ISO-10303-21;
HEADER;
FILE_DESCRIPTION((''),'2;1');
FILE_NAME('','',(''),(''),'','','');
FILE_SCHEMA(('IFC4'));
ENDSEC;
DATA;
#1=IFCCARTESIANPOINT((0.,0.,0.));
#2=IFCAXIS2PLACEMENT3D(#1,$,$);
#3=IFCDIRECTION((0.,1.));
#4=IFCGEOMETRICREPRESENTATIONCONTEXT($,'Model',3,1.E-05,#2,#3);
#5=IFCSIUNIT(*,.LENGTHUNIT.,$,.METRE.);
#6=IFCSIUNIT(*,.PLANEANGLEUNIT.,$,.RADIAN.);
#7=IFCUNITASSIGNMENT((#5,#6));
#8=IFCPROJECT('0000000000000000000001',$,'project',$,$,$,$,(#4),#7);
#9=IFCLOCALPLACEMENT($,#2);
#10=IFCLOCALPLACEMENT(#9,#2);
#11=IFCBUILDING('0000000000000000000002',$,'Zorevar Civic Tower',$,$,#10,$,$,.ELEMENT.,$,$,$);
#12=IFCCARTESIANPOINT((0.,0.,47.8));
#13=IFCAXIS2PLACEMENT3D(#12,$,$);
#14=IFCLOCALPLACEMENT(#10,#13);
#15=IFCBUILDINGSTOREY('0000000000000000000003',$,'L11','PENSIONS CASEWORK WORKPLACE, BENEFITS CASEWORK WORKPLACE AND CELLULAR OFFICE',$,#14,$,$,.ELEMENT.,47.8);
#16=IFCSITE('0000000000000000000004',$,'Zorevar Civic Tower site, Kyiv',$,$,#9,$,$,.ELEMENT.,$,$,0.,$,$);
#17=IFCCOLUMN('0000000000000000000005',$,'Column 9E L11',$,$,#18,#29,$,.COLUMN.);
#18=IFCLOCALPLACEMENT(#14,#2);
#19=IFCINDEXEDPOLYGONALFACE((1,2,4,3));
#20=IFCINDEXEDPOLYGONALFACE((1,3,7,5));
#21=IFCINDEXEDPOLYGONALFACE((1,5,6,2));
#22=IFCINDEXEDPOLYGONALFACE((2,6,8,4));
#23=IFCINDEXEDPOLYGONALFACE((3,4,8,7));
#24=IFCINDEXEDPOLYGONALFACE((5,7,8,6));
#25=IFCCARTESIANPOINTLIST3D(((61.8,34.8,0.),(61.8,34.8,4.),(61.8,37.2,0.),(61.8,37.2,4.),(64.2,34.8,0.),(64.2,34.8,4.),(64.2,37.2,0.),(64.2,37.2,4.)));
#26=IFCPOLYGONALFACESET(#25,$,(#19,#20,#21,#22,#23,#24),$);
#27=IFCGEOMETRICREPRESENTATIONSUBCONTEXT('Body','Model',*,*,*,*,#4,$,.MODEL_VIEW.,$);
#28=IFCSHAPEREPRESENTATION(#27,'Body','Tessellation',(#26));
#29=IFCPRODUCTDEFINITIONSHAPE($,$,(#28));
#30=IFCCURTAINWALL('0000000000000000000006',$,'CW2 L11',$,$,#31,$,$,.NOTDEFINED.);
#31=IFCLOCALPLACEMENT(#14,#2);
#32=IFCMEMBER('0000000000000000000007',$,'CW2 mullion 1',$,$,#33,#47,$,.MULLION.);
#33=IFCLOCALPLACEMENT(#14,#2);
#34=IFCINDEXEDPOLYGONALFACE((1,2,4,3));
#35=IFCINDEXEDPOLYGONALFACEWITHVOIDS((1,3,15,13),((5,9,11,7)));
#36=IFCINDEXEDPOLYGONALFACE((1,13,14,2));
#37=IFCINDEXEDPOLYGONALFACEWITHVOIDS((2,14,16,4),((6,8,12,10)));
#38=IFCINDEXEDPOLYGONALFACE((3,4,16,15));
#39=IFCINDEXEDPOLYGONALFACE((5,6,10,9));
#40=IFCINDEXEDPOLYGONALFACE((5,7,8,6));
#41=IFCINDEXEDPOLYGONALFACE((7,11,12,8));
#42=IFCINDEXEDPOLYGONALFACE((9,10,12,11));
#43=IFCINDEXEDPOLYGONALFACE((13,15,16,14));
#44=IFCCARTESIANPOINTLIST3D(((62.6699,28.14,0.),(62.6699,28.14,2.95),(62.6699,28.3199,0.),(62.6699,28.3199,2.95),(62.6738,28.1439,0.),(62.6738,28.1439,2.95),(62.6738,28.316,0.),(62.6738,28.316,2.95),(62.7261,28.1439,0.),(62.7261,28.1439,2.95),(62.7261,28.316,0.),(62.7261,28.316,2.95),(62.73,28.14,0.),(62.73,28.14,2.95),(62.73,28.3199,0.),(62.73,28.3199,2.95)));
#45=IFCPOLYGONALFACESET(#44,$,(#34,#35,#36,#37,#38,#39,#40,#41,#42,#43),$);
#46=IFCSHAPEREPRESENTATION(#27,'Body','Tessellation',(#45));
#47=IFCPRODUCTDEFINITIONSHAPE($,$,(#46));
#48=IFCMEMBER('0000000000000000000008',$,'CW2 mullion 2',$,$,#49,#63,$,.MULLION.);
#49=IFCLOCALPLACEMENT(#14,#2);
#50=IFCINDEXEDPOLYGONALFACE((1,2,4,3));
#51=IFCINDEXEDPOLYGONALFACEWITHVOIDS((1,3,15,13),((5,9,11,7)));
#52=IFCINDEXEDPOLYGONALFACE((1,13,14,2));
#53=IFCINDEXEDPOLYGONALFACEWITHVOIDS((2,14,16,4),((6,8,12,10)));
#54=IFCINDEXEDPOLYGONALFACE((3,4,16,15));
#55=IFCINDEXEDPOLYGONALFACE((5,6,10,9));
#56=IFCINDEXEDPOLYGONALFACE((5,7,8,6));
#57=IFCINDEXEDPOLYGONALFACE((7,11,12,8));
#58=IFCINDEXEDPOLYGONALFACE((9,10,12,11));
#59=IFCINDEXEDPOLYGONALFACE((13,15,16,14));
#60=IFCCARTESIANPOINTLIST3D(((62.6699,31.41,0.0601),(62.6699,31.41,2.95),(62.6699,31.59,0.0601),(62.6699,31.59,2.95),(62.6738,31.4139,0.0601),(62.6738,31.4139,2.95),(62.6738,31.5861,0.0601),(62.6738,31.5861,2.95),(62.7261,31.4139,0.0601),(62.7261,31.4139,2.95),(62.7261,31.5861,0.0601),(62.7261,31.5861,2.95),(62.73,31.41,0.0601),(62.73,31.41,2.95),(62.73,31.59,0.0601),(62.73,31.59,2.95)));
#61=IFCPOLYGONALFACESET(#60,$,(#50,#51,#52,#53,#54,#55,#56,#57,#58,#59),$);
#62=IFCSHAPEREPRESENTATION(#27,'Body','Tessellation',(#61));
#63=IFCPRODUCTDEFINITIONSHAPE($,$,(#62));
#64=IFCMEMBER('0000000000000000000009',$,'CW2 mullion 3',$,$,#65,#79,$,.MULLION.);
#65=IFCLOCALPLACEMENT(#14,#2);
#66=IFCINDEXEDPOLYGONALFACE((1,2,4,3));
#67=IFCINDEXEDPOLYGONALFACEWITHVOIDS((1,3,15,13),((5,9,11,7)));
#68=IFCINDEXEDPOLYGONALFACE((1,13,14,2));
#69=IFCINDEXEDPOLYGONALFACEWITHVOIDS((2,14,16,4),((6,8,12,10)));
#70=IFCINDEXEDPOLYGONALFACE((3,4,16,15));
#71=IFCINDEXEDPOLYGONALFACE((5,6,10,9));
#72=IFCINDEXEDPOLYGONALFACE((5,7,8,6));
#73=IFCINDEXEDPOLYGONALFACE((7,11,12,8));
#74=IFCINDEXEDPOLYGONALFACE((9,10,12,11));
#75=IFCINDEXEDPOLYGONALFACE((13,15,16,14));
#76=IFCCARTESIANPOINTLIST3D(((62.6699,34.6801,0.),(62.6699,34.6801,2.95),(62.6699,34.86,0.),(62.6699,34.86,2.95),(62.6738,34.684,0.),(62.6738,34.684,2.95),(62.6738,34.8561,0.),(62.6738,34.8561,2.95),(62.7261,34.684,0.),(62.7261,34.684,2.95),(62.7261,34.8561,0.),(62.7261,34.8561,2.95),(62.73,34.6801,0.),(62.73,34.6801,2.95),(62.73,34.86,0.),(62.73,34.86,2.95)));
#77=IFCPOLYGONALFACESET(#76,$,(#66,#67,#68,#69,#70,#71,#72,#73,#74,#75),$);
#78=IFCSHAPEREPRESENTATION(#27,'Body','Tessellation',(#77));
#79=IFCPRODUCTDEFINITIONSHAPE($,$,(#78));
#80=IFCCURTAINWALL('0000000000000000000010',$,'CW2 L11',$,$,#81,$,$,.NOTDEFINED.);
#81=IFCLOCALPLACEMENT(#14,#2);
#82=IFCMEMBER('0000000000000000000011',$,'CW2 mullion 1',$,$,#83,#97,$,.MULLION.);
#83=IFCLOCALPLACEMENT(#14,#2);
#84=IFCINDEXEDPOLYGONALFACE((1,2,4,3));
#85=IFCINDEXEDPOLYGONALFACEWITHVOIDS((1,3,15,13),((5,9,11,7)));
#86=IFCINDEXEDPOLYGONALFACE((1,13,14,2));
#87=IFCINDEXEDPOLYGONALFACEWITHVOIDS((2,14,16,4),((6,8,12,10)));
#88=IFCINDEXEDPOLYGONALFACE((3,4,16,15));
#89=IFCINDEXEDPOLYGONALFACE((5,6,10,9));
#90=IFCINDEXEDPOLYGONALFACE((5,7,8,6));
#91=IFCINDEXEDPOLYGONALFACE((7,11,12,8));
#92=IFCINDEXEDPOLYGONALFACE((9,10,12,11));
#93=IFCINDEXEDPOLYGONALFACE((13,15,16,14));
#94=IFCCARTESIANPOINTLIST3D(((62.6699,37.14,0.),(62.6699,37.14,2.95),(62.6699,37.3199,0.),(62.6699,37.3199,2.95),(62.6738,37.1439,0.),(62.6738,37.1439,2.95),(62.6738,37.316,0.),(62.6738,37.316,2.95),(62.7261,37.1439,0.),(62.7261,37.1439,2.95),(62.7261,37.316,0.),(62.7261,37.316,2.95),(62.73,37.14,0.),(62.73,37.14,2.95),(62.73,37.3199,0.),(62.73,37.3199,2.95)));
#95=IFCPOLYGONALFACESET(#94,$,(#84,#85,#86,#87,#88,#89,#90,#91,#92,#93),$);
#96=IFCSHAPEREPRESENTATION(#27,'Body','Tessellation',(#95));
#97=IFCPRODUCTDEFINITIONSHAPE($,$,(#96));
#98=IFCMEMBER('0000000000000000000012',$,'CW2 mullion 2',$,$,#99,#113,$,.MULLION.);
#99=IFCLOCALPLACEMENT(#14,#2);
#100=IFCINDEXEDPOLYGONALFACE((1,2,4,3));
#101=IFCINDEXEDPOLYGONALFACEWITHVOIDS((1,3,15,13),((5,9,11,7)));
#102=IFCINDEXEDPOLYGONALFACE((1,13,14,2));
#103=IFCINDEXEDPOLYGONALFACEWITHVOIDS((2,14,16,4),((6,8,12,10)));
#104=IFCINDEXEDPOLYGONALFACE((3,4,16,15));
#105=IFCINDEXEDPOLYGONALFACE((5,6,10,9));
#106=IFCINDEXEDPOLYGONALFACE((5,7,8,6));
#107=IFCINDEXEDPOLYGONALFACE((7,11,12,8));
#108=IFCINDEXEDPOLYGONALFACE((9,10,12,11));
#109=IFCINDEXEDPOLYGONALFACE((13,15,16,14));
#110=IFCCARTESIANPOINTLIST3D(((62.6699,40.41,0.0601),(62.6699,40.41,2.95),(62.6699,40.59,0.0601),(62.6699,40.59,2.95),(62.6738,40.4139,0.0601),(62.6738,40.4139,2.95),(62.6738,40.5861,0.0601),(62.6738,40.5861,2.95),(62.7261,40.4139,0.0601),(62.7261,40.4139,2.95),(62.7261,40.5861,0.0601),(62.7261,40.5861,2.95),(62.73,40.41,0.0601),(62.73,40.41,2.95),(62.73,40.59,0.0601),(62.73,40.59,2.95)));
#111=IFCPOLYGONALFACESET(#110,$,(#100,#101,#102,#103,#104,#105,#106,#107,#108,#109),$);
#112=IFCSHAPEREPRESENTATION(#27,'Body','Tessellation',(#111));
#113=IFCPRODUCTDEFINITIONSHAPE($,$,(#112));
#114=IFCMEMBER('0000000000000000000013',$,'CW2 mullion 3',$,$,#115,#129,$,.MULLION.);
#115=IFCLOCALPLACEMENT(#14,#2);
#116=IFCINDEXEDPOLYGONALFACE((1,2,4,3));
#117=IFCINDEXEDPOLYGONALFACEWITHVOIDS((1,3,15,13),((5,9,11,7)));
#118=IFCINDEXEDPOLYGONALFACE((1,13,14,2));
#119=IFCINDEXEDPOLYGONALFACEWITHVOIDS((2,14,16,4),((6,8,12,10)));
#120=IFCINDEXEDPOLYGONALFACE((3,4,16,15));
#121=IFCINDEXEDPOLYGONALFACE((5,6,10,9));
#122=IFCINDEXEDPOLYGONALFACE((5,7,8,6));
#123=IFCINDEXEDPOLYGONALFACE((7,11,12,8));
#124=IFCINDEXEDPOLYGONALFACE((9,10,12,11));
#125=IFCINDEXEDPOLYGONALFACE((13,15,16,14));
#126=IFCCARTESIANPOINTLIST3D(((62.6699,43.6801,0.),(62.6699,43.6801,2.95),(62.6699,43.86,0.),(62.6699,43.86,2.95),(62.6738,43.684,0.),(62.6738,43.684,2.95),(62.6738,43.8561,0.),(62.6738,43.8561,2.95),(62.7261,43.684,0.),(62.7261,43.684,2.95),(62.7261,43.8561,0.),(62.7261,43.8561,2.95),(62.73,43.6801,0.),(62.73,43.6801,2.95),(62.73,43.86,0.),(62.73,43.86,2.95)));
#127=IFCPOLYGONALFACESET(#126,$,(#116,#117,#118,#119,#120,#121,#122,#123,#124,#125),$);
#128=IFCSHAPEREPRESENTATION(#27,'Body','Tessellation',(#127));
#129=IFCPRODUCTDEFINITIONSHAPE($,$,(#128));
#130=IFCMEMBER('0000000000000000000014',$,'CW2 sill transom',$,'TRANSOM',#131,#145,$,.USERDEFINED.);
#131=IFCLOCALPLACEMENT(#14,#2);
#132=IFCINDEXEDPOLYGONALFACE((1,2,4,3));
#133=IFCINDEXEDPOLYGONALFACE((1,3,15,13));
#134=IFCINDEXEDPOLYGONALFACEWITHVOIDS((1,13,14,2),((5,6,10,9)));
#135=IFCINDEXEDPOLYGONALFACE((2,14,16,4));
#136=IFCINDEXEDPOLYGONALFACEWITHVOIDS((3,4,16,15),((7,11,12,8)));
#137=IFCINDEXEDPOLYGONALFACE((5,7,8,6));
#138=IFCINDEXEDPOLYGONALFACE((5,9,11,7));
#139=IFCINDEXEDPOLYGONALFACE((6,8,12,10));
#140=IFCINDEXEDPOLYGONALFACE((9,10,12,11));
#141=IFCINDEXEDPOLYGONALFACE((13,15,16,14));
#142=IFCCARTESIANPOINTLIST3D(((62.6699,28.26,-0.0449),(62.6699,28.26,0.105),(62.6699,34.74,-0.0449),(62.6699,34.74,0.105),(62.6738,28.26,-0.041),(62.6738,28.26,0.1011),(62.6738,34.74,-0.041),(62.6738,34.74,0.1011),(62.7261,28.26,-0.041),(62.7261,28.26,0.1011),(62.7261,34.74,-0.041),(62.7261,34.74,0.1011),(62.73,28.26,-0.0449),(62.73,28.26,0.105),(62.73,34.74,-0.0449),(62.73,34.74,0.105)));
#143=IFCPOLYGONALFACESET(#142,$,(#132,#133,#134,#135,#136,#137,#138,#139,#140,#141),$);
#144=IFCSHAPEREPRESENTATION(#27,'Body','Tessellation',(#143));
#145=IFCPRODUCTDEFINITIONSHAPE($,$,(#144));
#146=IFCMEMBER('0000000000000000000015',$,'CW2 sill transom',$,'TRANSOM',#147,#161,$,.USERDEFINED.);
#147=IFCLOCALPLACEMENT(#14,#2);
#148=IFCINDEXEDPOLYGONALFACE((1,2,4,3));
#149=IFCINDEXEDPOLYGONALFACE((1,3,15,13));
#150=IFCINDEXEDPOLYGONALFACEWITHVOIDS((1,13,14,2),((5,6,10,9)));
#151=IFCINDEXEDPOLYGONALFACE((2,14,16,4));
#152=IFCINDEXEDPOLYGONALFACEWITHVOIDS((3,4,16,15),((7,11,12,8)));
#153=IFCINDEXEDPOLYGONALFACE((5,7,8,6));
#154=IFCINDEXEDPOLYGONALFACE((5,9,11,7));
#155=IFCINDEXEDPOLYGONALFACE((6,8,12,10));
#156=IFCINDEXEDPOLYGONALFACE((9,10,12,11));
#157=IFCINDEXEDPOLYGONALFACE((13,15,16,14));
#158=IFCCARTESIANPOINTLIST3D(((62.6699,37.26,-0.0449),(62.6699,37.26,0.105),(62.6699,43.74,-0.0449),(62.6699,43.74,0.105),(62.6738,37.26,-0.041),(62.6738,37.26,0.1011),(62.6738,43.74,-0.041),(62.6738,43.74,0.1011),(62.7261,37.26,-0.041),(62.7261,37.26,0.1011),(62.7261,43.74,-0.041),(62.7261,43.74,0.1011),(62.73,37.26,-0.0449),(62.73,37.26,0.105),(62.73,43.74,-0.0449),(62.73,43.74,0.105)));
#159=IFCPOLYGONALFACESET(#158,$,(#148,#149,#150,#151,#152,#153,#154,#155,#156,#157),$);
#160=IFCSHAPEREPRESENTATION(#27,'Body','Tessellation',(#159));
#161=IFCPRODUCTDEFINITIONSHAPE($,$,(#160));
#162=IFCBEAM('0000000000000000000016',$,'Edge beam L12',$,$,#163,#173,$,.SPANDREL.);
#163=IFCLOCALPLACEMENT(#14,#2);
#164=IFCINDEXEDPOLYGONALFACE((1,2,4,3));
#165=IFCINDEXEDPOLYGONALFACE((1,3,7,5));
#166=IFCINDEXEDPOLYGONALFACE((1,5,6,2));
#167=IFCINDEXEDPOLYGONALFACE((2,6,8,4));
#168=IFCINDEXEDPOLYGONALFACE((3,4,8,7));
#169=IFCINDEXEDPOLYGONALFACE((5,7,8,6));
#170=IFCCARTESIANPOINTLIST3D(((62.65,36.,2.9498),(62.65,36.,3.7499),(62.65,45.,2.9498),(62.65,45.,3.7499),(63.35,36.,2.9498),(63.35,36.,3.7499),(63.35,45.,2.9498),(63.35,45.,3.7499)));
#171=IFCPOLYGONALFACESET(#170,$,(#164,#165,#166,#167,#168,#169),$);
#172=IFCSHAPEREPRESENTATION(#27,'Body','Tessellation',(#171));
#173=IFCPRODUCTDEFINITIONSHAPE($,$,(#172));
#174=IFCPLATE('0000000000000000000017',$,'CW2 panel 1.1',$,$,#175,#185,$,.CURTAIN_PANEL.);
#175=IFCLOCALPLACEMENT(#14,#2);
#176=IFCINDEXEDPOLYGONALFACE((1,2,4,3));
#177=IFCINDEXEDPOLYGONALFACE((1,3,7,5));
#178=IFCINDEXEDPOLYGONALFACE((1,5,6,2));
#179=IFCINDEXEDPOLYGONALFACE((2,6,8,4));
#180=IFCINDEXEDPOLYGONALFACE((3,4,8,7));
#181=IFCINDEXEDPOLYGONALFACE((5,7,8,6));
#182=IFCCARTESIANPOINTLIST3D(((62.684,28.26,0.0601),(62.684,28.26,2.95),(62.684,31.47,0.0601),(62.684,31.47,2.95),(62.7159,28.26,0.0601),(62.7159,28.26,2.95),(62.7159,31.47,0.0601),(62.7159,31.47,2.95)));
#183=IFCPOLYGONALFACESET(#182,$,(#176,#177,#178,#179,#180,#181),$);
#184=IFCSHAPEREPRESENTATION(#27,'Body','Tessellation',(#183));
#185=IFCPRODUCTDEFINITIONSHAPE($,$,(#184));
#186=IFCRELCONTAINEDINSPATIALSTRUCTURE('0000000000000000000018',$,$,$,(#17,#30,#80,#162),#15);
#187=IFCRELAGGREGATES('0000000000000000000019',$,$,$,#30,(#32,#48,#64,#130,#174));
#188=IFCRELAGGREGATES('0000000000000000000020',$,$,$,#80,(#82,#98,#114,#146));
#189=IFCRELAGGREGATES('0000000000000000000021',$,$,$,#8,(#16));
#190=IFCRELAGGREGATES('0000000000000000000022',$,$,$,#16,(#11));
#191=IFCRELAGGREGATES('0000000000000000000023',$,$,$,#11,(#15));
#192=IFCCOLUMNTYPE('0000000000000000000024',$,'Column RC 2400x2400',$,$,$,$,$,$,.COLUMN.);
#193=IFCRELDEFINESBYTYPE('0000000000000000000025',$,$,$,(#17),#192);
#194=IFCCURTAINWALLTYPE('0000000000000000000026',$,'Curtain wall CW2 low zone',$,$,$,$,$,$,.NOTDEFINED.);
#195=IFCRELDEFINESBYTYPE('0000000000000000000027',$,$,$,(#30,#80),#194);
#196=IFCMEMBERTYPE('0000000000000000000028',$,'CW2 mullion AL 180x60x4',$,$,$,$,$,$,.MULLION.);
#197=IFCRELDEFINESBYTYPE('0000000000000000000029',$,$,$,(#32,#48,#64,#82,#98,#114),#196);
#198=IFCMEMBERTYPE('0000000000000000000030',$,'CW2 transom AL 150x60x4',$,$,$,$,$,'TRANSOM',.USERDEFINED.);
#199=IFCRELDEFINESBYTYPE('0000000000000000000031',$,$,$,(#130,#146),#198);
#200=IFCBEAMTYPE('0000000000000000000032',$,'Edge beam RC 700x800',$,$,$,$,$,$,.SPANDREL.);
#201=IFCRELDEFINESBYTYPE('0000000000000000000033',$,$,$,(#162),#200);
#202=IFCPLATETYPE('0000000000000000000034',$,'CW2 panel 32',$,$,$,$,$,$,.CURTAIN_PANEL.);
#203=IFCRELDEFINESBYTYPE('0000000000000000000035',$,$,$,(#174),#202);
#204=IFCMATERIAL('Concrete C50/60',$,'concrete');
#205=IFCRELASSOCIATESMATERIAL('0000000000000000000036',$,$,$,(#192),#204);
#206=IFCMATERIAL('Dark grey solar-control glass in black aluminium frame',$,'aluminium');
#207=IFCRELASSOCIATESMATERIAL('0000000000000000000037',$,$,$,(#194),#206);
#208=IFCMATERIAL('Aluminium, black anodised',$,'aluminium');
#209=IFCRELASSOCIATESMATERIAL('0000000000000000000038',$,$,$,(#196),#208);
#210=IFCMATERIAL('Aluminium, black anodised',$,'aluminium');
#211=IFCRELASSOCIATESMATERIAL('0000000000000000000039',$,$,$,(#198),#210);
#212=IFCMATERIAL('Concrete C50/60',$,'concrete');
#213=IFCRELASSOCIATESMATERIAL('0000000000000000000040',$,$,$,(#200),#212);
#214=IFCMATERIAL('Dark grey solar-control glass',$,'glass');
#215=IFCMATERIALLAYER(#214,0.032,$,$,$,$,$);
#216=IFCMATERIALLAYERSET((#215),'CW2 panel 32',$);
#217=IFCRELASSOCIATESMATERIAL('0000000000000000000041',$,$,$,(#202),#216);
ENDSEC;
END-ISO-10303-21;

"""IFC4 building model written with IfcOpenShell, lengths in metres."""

from ifc_helpers import new_model, si_unit, direction, frame, origin, origin_2d, place, context, subcontext, project, spatial, rectangle, hollow_rectangle, extrude, material, layer, layer_set, material_profile, profile_set, type_object, element, aggregate, save


model = new_model("IFC4")

# Units and contexts
model_context = context("Model", 3, precision=1e-05, world=origin(), true_north=direction((0.0, 1.0)))
body_context = subcontext(model_context, "Body", "Model", "MODEL_VIEW")
ifc_project = project(units=[si_unit("LENGTHUNIT", "METRE"), si_unit("PLANEANGLEUNIT", "RADIAN")], contexts=[model_context])

# Site, building, storey
site_placement = place(None, origin())
site = spatial("IfcSite", under=ifc_project, at=site_placement, Name="Zorevar Civic Tower site, Kyiv", CompositionType="ELEMENT", RefElevation=0.0)
building_placement = place(site_placement, origin())
building = spatial("IfcBuilding", under=site, at=building_placement, Name="Zorevar Civic Tower", CompositionType="ELEMENT")
storey_placement = place(building_placement, frame((0.0, 0.0, 47.8)))
storey = spatial("IfcBuildingStorey", under=building, at=storey_placement, Name="L11", Description="PENSIONS CASEWORK WORKPLACE, BENEFITS CASEWORK WORKPLACE AND CELLULAR OFFICE", CompositionType="ELEMENT", Elevation=47.8)

# Column
ifc_material_1 = material(Name="Concrete C50/60", Category="concrete")
ifc_material_profile_1 = material_profile(ifc_material_1, rectangle(XDim=2.3999, YDim=2.3999, at=origin_2d()), Name="RC 2400x2400")
ifc_profile_set_1 = profile_set([ifc_material_profile_1], Name="Concrete C50/60")
column_type = type_object("IfcColumnType", Name="Column RC 2400x2400", PredefinedType="COLUMN", material=ifc_profile_set_1)
column_placement = place(storey_placement, frame((63.0, 36.0, 0.0), z_axis=(0.0, 0.0, 1.0), x_axis=(1.0, 0.0, 0.0)))
element("IfcColumn", 1, at=column_placement, inside=storey, type_object=column_type, Name="Column 9E L11", PredefinedType="COLUMN", context=body_context, shape_type="SweptSolid", body=[
    extrude(rectangle(XDim=2.3999, YDim=2.3999, at=origin_2d()), origin(), (0.0, 0.0, 1.0), 4.0),
])

# Curtain walls, members
ifc_material_2 = material(Name="Dark grey solar-control glass in black aluminium frame", Category="aluminium")
curtain_wall_type = type_object("IfcCurtainWallType", Name="Curtain wall CW2 low zone", PredefinedType="NOTDEFINED", material=ifc_material_2)
curtain_wall_1_placement = place(storey_placement, origin())
curtain_wall_1 = element("IfcCurtainWall", 2, at=curtain_wall_1_placement, inside=storey, type_object=curtain_wall_type, Name="CW2 L11", PredefinedType="NOTDEFINED")
ifc_material_3 = material(Name="Aluminium, black anodised", Category="aluminium")
ifc_material_profile_2 = material_profile(ifc_material_3, hollow_rectangle(XDim=0.0601, YDim=0.1799, WallThickness=0.0039, at=origin_2d()), Name="AL 180x60x4")
ifc_profile_set_2 = profile_set([ifc_material_profile_2], Name="Aluminium, black anodised")
member_type_1 = type_object("IfcMemberType", Name="CW2 mullion AL 180x60x4", PredefinedType="MULLION", material=ifc_profile_set_2)
member_1_placement = place(storey_placement, frame((62.7, 28.23, 0.0), z_axis=(0.0, 0.0, 1.0), x_axis=(-1.0, 0.0, 0.0)))
member_1 = element("IfcMember", 3, at=member_1_placement, type_object=member_type_1, Name="CW2 mullion 1", PredefinedType="MULLION", context=body_context, shape_type="SweptSolid", body=[
    extrude(hollow_rectangle(XDim=0.0601, YDim=0.1799, WallThickness=0.0039, at=origin_2d()), origin(), (0.0, 0.0, 1.0), 2.95),
])
member_2_placement = place(storey_placement, frame((62.7, 31.5, 0.0601), z_axis=(0.0, 0.0, 1.0), x_axis=(-1.0, 0.0, 0.0)))
member_2 = element("IfcMember", 4, at=member_2_placement, type_object=member_type_1, Name="CW2 mullion 2", PredefinedType="MULLION", context=body_context, shape_type="SweptSolid", body=[
    extrude(hollow_rectangle(XDim=0.0601, YDim=0.1799, WallThickness=0.0039, at=origin_2d()), origin(), (0.0, 0.0, 1.0), 2.8899),
])
member_3_placement = place(storey_placement, frame((62.7, 34.77, 0.0), z_axis=(0.0, 0.0, 1.0), x_axis=(-1.0, 0.0, 0.0)))
member_3 = element("IfcMember", 5, at=member_3_placement, type_object=member_type_1, Name="CW2 mullion 3", PredefinedType="MULLION", context=body_context, shape_type="SweptSolid", body=[
    extrude(hollow_rectangle(XDim=0.0601, YDim=0.1799, WallThickness=0.0039, at=origin_2d()), origin(), (0.0, 0.0, 1.0), 2.95),
])
curtain_wall_2_placement = place(storey_placement, origin())
curtain_wall_2 = element("IfcCurtainWall", 6, at=curtain_wall_2_placement, inside=storey, type_object=curtain_wall_type, Name="CW2 L11", PredefinedType="NOTDEFINED")
member_4_placement = place(storey_placement, frame((62.7, 37.23, 0.0), z_axis=(0.0, 0.0, 1.0), x_axis=(-1.0, 0.0, 0.0)))
member_4 = element("IfcMember", 7, at=member_4_placement, type_object=member_type_1, Name="CW2 mullion 1", PredefinedType="MULLION", context=body_context, shape_type="SweptSolid", body=[
    extrude(hollow_rectangle(XDim=0.0601, YDim=0.1799, WallThickness=0.0039, at=origin_2d()), origin(), (0.0, 0.0, 1.0), 2.95),
])
member_5_placement = place(storey_placement, frame((62.7, 40.5, 0.0601), z_axis=(0.0, 0.0, 1.0), x_axis=(-1.0, 0.0, 0.0)))
member_5 = element("IfcMember", 8, at=member_5_placement, type_object=member_type_1, Name="CW2 mullion 2", PredefinedType="MULLION", context=body_context, shape_type="SweptSolid", body=[
    extrude(hollow_rectangle(XDim=0.0601, YDim=0.1799, WallThickness=0.0039, at=origin_2d()), origin(), (0.0, 0.0, 1.0), 2.8899),
])
member_6_placement = place(storey_placement, frame((62.7, 43.77, 0.0), z_axis=(0.0, 0.0, 1.0), x_axis=(-1.0, 0.0, 0.0)))
member_6 = element("IfcMember", 9, at=member_6_placement, type_object=member_type_1, Name="CW2 mullion 3", PredefinedType="MULLION", context=body_context, shape_type="SweptSolid", body=[
    extrude(hollow_rectangle(XDim=0.0601, YDim=0.1799, WallThickness=0.0039, at=origin_2d()), origin(), (0.0, 0.0, 1.0), 2.95),
])

# Members
ifc_material_4 = material(Name="Aluminium, black anodised", Category="aluminium")
ifc_material_profile_3 = material_profile(ifc_material_4, hollow_rectangle(XDim=0.0601, YDim=0.1499, WallThickness=0.0039, at=origin_2d()), Name="AL 150x60x4")
ifc_profile_set_3 = profile_set([ifc_material_profile_3], Name="Aluminium, black anodised")
member_type_2 = type_object("IfcMemberType", Name="CW2 transom AL 150x60x4", ElementType="TRANSOM", PredefinedType="USERDEFINED", material=ifc_profile_set_3)
member_7_placement = place(storey_placement, frame((62.7, 28.26, 0.03), z_axis=(0.0, 1.0, 0.0), x_axis=(-1.0, 0.0, 0.0)))
member_7 = element("IfcMember", 10, at=member_7_placement, type_object=member_type_2, Name="CW2 sill transom", ObjectType="TRANSOM", PredefinedType="USERDEFINED", context=body_context, shape_type="SweptSolid", body=[
    extrude(hollow_rectangle(XDim=0.0601, YDim=0.1499, WallThickness=0.0039, at=origin_2d()), origin(), (0.0, 0.0, 1.0), 6.48),
])
member_8_placement = place(storey_placement, frame((62.7, 37.26, 0.03), z_axis=(0.0, 1.0, 0.0), x_axis=(-1.0, 0.0, 0.0)))
member_8 = element("IfcMember", 11, at=member_8_placement, type_object=member_type_2, Name="CW2 sill transom", ObjectType="TRANSOM", PredefinedType="USERDEFINED", context=body_context, shape_type="SweptSolid", body=[
    extrude(hollow_rectangle(XDim=0.0601, YDim=0.1499, WallThickness=0.0039, at=origin_2d()), origin(), (0.0, 0.0, 1.0), 6.48),
])

# Beam
ifc_material_5 = material(Name="Concrete C50/60", Category="concrete")
ifc_material_profile_4 = material_profile(ifc_material_5, rectangle(XDim=0.7, YDim=0.8, at=origin_2d()), Name="RC 700x800")
ifc_profile_set_4 = profile_set([ifc_material_profile_4], Name="Concrete C50/60")
beam_type = type_object("IfcBeamType", Name="Edge beam RC 700x800", PredefinedType="SPANDREL", material=ifc_profile_set_4)
beam_placement = place(storey_placement, frame((63.0, 36.0, 3.3499), z_axis=(0.0, 1.0, 0.0), x_axis=(-1.0, 0.0, 0.0)))
element("IfcBeam", 12, at=beam_placement, inside=storey, type_object=beam_type, Name="Edge beam L12", PredefinedType="SPANDREL", context=body_context, shape_type="SweptSolid", body=[
    extrude(rectangle(XDim=0.7, YDim=0.8, at=origin_2d()), origin(), (0.0, 0.0, 1.0), 9.0),
])

# Plate
ifc_material_6 = material(Name="Dark grey solar-control glass", Category="glass")
ifc_layer_1 = layer(ifc_material_6, 0.032)
ifc_layer_set_1 = layer_set([ifc_layer_1], Name="CW2 panel 32")
plate_type = type_object("IfcPlateType", Name="CW2 panel 32", PredefinedType="CURTAIN_PANEL", material=ifc_layer_set_1)
plate_1_placement = place(storey_placement, frame((62.7, 29.865, 0.0601), z_axis=(0.0, 0.0, 1.0), x_axis=(0.0, 1.0, 0.0)))
plate_1 = element("IfcPlate", 13, at=plate_1_placement, type_object=plate_type, Name="CW2 panel 1.1", PredefinedType="CURTAIN_PANEL", context=body_context, shape_type="SweptSolid", body=[
    extrude(rectangle(XDim=3.21, YDim=0.032, at=origin_2d()), origin(), (0.0, 0.0, 1.0), 2.8899),
])
aggregate(curtain_wall_1, [member_1, member_2, member_3, member_7, plate_1])
aggregate(curtain_wall_2, [member_4, member_5, member_6, member_8])

save(model, "model.ifc")
